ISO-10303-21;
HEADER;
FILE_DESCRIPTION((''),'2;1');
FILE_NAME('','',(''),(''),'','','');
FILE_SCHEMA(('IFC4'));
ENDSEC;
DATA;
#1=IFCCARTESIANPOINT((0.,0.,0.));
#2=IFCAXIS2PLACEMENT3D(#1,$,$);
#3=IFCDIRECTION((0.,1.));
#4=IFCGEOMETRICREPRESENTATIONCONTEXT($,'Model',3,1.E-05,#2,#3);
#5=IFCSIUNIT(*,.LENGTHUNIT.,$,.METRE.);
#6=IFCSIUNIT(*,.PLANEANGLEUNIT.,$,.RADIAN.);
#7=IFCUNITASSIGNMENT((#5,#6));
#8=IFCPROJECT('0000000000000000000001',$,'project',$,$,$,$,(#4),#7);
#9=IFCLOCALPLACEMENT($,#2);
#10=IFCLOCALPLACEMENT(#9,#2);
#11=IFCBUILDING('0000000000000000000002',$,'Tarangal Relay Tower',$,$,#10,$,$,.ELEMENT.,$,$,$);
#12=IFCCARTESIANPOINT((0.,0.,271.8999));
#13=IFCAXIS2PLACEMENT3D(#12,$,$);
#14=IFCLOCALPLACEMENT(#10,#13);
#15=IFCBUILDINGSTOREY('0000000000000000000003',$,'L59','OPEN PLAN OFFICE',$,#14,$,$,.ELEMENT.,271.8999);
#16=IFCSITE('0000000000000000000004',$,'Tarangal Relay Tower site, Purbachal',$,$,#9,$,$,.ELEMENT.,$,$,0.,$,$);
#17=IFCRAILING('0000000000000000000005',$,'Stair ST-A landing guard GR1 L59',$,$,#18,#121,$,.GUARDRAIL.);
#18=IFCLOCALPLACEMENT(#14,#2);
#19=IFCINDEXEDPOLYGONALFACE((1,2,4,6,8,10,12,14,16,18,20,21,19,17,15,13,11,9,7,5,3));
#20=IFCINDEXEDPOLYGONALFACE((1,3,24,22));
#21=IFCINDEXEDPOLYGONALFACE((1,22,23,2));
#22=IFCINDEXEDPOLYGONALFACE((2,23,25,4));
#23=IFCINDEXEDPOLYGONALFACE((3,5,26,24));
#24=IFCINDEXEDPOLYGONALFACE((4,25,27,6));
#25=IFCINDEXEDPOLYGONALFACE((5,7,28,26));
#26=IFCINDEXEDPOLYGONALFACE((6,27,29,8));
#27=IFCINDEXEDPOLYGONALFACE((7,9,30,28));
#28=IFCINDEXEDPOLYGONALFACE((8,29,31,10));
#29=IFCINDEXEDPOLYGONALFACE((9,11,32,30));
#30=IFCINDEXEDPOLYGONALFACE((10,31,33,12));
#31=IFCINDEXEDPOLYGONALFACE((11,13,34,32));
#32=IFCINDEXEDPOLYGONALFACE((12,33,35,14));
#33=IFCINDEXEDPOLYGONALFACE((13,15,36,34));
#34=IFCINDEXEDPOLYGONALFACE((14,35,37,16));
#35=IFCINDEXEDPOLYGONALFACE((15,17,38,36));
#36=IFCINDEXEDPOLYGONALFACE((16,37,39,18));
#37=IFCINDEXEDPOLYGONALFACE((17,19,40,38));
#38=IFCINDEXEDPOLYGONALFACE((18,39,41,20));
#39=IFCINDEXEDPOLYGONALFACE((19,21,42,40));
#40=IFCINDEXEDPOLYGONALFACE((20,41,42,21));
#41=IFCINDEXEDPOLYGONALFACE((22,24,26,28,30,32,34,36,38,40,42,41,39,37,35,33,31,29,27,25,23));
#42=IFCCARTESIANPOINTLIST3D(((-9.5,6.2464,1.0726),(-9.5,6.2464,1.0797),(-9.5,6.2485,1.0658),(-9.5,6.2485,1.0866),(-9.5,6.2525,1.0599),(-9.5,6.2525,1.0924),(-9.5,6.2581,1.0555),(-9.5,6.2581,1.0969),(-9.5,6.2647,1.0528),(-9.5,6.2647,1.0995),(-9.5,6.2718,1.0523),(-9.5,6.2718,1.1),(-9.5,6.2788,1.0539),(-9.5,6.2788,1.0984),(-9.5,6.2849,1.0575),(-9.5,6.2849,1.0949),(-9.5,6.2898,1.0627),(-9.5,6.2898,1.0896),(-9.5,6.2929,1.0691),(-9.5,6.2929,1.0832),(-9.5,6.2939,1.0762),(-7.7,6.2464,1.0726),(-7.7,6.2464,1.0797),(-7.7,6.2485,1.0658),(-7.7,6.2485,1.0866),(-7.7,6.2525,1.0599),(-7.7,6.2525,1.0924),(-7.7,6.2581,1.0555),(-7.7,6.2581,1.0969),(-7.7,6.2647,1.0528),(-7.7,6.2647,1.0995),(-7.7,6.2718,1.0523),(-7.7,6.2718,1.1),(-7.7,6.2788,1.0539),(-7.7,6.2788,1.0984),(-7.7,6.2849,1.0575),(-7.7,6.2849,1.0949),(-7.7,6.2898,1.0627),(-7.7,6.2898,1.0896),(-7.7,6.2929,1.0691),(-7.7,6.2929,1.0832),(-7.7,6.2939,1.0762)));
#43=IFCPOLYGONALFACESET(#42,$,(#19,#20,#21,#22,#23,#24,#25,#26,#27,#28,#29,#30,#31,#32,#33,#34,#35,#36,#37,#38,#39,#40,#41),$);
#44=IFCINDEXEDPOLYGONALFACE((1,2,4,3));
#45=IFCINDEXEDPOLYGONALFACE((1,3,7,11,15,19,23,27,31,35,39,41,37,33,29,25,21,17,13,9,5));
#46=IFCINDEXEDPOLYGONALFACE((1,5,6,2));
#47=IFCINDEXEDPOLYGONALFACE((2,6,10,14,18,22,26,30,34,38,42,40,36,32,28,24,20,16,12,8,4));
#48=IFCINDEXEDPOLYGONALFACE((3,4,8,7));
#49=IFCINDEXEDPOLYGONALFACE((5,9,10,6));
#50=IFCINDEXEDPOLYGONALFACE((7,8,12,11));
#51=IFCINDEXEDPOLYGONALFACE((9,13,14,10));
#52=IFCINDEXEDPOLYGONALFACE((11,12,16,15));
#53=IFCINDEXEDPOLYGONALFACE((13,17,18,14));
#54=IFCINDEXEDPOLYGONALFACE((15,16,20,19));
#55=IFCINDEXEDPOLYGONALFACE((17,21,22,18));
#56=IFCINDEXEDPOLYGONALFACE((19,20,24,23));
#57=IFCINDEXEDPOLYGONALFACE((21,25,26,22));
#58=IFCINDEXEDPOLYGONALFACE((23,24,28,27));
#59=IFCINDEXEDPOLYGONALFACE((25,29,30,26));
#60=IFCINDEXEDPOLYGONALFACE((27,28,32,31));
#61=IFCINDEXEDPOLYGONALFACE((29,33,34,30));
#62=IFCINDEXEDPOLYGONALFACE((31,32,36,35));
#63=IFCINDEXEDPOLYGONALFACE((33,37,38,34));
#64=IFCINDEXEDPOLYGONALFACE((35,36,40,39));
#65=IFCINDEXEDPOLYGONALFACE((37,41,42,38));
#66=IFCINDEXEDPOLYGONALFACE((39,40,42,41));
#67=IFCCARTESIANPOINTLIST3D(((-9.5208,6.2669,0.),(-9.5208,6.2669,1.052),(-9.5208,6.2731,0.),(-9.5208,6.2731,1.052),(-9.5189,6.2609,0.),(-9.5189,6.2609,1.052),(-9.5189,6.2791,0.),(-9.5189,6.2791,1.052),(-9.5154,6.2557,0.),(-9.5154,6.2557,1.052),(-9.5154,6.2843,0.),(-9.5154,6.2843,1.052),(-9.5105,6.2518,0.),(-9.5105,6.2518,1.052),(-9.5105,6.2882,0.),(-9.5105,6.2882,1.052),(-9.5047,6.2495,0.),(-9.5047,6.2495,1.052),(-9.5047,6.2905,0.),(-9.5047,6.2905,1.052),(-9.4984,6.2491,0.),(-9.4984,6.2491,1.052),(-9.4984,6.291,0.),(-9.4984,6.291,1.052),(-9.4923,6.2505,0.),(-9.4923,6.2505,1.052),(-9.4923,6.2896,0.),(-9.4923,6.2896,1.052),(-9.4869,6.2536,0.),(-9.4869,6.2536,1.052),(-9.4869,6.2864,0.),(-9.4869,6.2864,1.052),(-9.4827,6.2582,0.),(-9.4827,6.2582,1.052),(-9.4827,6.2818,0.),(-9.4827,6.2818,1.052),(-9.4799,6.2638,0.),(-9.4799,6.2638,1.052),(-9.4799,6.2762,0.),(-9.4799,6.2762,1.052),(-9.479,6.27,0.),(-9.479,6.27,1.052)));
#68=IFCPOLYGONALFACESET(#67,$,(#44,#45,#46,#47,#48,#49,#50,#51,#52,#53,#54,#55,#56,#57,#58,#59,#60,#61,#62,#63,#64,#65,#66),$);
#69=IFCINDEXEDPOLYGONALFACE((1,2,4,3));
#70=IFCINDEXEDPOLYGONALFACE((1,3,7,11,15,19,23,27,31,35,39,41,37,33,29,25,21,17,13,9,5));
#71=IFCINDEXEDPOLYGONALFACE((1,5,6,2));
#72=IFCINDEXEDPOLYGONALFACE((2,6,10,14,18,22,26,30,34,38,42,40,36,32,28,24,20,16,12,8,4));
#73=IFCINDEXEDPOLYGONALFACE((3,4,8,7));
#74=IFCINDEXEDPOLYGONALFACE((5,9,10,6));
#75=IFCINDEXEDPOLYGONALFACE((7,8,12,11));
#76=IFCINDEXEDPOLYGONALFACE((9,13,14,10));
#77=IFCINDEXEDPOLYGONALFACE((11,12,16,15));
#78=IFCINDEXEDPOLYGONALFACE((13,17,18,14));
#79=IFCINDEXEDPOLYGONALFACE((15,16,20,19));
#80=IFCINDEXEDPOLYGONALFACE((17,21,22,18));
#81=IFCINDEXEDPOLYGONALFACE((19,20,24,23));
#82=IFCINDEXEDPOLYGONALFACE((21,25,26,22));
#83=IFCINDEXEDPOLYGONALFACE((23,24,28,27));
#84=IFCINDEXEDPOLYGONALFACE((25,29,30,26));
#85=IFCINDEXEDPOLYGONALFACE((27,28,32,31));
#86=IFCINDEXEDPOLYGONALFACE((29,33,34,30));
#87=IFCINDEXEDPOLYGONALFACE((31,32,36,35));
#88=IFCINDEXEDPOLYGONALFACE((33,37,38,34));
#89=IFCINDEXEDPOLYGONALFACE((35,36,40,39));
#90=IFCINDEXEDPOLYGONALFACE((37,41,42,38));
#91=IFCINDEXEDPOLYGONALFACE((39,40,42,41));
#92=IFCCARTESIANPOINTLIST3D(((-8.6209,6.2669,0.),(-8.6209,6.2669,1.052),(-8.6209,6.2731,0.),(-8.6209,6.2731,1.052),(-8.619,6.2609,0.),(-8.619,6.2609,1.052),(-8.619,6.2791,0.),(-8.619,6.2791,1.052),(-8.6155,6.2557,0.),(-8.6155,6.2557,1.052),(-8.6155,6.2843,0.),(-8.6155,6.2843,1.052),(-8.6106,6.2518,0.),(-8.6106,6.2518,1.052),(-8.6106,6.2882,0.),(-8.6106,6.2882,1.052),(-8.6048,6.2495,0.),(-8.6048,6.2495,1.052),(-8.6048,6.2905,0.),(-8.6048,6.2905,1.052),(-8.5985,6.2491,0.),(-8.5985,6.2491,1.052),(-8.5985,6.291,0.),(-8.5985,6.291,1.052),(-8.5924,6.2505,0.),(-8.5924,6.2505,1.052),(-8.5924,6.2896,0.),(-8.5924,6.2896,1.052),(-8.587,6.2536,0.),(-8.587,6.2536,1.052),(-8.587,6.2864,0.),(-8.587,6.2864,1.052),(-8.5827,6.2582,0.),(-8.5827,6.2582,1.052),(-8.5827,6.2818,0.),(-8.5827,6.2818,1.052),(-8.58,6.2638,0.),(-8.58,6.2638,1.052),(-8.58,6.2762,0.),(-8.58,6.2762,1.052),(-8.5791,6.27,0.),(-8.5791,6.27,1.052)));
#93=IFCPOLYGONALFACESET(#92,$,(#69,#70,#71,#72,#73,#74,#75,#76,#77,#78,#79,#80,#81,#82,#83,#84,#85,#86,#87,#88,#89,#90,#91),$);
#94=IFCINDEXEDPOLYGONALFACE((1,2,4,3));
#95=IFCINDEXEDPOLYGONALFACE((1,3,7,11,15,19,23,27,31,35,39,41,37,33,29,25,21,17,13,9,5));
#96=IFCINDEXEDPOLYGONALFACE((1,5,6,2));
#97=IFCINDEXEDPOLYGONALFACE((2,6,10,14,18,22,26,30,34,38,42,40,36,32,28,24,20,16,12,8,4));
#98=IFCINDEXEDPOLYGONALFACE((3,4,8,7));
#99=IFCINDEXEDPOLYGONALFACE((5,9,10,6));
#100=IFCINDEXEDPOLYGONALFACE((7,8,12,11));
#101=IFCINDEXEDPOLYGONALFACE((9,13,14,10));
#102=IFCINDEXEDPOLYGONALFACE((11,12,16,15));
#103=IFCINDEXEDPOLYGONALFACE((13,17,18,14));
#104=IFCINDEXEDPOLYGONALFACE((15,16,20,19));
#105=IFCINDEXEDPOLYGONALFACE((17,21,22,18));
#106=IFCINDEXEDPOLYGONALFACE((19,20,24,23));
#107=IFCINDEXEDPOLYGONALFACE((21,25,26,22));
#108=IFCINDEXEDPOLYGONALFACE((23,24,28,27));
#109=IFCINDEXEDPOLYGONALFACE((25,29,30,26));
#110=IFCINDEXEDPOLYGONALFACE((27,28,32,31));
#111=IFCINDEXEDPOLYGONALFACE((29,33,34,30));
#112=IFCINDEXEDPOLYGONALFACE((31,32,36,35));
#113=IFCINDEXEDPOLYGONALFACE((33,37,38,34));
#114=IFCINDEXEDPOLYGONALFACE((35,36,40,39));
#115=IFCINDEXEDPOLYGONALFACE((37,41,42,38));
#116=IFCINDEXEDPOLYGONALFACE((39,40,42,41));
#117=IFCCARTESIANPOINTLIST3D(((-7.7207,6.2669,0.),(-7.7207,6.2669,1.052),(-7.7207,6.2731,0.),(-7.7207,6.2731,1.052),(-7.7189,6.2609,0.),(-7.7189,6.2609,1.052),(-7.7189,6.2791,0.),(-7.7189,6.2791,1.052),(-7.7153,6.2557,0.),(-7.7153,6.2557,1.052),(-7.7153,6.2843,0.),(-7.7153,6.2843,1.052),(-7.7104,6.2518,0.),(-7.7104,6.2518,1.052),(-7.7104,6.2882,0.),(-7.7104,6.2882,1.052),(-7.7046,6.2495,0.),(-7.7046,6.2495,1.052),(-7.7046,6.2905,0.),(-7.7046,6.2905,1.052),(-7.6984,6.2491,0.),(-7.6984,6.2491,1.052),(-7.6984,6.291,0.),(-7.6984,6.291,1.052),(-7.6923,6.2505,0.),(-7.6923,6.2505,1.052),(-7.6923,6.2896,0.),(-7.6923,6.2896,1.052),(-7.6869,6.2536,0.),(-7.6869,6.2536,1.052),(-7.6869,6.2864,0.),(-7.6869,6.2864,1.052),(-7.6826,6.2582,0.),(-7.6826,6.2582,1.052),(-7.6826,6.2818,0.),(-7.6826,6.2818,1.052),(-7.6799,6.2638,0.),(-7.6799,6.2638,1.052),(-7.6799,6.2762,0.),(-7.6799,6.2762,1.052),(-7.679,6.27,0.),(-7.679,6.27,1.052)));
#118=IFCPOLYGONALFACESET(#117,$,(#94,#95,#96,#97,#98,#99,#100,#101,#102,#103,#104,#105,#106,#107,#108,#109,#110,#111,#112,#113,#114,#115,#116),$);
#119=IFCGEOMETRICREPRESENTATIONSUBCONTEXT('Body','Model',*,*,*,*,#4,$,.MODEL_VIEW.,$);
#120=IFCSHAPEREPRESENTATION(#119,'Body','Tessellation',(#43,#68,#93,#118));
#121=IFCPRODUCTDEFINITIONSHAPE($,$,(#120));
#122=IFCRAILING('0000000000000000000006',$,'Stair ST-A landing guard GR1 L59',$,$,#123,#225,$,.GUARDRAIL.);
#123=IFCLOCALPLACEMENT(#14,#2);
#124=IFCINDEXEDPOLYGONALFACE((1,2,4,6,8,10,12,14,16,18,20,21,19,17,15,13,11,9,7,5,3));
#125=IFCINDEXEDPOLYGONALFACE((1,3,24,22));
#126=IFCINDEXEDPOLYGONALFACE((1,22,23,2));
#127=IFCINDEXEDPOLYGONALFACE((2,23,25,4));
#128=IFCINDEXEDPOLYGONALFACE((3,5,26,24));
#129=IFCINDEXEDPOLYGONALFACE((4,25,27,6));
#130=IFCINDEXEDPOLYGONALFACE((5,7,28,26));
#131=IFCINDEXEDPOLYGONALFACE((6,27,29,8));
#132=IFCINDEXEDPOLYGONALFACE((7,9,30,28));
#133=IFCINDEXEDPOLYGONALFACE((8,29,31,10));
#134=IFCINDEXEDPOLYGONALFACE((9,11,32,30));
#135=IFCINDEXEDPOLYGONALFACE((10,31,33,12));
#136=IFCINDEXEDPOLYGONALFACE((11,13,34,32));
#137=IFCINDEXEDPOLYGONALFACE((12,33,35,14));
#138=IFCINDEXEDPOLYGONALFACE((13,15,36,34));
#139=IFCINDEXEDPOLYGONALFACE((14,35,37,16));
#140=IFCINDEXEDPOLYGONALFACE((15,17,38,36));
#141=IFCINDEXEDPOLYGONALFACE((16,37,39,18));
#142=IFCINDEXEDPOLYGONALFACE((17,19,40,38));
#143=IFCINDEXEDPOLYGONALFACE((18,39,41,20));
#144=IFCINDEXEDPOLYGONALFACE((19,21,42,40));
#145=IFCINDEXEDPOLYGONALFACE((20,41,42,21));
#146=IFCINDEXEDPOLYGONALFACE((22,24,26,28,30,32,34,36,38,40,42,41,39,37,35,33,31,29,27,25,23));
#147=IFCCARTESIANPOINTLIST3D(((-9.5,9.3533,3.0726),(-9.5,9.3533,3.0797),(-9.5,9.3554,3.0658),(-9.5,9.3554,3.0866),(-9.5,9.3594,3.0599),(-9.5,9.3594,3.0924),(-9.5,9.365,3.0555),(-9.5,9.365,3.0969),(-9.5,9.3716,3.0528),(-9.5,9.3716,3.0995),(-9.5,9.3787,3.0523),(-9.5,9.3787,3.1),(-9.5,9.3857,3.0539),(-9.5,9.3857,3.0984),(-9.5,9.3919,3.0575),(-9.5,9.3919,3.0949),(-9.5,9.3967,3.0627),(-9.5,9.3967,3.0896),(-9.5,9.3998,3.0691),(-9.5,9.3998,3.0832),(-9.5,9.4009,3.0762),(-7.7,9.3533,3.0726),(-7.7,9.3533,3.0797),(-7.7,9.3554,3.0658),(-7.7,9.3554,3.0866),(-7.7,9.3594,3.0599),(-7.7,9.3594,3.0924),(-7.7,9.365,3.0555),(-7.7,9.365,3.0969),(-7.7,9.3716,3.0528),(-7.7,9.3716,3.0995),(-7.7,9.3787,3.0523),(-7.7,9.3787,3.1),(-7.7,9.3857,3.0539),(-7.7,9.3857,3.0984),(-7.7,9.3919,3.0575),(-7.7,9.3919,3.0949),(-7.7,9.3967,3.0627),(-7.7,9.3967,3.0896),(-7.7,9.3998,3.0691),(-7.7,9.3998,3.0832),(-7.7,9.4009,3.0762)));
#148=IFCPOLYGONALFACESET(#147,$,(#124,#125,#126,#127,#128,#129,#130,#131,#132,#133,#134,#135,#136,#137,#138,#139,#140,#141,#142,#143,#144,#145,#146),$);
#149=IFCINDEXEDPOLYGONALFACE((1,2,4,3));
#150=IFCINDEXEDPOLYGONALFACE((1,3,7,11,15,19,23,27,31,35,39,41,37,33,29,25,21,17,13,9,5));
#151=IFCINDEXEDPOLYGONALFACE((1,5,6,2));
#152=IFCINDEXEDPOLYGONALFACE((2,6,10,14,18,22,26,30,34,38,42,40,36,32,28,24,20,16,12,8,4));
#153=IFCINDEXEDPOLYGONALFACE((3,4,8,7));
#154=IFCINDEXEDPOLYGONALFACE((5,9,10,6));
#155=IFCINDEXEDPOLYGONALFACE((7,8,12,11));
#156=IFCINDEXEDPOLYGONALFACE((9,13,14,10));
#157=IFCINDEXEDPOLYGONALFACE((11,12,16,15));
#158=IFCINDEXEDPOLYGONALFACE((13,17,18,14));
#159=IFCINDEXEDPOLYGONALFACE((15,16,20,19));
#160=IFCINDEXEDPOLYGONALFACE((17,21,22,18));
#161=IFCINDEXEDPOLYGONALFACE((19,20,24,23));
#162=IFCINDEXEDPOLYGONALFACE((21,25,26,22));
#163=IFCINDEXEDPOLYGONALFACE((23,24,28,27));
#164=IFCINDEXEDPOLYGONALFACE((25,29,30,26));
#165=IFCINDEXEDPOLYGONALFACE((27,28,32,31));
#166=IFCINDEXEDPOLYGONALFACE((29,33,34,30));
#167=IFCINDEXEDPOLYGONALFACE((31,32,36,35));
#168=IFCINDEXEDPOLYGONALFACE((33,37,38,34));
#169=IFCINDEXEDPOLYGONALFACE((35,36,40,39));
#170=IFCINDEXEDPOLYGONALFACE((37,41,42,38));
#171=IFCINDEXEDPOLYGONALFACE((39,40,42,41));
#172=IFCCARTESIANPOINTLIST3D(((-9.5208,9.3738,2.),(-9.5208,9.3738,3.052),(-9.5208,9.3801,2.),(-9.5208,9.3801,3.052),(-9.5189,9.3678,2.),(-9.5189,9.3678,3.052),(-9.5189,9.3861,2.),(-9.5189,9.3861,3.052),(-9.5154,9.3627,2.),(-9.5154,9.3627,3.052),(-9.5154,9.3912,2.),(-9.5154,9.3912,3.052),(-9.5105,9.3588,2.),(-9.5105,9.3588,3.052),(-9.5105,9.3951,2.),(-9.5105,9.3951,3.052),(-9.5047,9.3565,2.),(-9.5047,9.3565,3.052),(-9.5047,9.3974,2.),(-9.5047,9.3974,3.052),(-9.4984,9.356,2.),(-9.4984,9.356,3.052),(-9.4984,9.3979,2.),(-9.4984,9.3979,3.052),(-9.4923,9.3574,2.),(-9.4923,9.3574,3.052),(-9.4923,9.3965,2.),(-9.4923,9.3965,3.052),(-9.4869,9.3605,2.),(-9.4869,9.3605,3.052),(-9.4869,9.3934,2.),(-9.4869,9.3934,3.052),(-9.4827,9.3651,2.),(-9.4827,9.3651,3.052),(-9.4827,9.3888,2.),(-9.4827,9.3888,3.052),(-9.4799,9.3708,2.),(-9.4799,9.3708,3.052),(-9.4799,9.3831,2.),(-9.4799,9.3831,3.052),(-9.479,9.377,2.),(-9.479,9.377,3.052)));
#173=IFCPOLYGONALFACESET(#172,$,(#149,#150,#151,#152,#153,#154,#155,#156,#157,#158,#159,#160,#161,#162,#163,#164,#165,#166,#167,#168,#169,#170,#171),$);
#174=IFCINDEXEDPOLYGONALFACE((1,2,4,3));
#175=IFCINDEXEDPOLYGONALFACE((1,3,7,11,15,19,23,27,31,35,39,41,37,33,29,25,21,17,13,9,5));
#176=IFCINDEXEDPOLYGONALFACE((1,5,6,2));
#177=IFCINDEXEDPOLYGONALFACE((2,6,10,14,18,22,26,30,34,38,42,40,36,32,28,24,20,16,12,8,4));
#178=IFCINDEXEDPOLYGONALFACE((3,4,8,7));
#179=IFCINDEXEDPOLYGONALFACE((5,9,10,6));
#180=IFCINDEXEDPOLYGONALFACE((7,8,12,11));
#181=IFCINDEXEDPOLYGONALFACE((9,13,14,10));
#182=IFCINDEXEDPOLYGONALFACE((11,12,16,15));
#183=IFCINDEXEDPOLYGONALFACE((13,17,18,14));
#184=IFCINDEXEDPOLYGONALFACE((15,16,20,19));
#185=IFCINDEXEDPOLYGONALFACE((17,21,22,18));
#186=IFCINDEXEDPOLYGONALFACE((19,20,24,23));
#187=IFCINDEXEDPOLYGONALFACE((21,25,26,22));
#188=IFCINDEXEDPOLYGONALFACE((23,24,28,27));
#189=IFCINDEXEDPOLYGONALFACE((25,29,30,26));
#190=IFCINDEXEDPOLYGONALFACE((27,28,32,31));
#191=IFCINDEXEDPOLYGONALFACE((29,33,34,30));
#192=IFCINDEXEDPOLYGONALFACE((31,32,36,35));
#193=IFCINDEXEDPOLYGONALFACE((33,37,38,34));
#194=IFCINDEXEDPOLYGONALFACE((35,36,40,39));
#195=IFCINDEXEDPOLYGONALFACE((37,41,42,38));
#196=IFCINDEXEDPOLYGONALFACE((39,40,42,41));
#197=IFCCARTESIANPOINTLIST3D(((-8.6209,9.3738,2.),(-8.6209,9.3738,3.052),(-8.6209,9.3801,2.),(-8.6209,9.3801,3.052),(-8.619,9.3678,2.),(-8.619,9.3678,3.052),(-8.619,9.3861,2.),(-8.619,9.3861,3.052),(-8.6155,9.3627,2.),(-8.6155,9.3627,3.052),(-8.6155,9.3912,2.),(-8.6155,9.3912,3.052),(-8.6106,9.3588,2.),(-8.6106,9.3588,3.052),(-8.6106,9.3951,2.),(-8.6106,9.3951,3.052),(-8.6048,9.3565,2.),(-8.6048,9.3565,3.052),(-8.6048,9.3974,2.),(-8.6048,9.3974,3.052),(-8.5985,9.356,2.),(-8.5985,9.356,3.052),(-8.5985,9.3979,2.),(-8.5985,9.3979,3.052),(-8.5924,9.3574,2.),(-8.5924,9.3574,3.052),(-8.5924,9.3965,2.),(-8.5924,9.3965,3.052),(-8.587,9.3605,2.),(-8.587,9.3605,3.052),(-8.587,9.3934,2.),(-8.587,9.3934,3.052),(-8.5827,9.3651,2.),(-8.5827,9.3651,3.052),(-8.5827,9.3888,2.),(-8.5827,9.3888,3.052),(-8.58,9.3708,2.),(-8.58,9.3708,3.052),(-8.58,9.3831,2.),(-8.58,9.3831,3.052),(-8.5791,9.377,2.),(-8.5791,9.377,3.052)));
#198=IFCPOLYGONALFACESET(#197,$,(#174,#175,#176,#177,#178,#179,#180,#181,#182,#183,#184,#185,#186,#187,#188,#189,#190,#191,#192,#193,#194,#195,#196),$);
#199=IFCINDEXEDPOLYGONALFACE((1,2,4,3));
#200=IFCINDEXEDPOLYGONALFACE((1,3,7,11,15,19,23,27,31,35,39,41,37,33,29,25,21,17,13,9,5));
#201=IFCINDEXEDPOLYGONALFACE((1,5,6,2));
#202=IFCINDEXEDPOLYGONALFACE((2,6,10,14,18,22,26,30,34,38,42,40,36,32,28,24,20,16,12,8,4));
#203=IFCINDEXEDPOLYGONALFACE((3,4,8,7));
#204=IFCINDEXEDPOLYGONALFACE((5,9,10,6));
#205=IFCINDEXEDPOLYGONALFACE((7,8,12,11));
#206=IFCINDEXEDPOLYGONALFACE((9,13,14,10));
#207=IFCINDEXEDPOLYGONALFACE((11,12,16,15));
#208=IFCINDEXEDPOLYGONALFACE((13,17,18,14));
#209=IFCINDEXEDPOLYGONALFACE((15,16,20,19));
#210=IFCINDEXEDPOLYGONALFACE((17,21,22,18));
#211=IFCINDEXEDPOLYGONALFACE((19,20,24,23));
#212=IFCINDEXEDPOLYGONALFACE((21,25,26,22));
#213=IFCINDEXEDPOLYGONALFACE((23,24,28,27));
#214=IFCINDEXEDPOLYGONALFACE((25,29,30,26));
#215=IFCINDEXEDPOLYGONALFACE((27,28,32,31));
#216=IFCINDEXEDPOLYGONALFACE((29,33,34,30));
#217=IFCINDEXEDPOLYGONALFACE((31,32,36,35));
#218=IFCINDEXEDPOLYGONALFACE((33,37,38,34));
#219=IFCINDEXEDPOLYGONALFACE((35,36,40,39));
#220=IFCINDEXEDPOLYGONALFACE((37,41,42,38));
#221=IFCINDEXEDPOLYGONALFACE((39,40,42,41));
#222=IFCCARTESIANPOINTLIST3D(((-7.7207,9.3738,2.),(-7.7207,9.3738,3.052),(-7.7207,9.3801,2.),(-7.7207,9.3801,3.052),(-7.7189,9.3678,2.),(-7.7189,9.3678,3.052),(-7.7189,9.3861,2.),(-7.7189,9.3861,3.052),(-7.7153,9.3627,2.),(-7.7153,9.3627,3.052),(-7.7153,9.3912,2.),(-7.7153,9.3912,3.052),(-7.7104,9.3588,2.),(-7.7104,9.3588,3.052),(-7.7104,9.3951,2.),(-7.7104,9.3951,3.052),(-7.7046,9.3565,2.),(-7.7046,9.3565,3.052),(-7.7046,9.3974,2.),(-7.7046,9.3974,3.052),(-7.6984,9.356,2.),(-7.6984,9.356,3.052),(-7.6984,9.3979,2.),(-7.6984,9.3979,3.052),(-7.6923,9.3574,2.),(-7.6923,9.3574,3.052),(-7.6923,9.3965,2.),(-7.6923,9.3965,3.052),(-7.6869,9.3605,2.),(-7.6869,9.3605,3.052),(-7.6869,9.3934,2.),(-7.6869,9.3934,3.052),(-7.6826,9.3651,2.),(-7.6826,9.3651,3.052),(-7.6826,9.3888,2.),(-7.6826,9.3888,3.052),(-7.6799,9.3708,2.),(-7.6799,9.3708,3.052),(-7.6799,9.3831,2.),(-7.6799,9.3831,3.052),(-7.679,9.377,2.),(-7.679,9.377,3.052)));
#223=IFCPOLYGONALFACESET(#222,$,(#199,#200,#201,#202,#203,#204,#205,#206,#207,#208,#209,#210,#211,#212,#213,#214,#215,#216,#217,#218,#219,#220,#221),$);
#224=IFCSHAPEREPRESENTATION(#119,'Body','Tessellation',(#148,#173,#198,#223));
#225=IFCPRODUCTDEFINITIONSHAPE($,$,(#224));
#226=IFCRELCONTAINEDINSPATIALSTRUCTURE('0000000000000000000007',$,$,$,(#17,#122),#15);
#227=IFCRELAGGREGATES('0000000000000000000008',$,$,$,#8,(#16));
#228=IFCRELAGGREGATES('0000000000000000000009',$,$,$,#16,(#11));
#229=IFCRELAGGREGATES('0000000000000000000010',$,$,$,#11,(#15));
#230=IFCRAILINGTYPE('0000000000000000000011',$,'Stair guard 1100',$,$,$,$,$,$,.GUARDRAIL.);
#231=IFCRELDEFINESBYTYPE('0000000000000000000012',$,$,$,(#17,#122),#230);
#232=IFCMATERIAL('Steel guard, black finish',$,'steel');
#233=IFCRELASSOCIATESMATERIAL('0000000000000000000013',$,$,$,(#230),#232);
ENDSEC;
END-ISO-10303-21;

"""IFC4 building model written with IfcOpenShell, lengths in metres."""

from ifc_helpers import new_model, si_unit, direction, frame, origin, origin_2d, place, context, subcontext, project, spatial, circle, extrude, material, type_object, element, save


model = new_model("IFC4")

# Units and contexts
model_context = context("Model", 3, precision=1e-05, world=origin(), true_north=direction((0.0, 1.0)))
body_context = subcontext(model_context, "Body", "Model", "MODEL_VIEW")
ifc_project = project(units=[si_unit("LENGTHUNIT", "METRE"), si_unit("PLANEANGLEUNIT", "RADIAN")], contexts=[model_context])

# Site, building, storey
site_placement = place(None, origin())
site = spatial("IfcSite", under=ifc_project, at=site_placement, Name="Tarangal Relay Tower site, Purbachal", CompositionType="ELEMENT", RefElevation=0.0)
building_placement = place(site_placement, origin())
building = spatial("IfcBuilding", under=site, at=building_placement, Name="Tarangal Relay Tower", CompositionType="ELEMENT")
storey_placement = place(building_placement, frame((0.0, 0.0, 271.8999)))
storey = spatial("IfcBuildingStorey", under=building, at=storey_placement, Name="L59", Description="OPEN PLAN OFFICE", CompositionType="ELEMENT", Elevation=271.8999)

# Railings
ifc_material_1 = material(Name="Steel guard, black finish", Category="steel")
railing_type_1 = type_object("IfcRailingType", Name="Stair guard 1100", PredefinedType="GUARDRAIL", material=ifc_material_1)
for number, where, name in (
    (1, (-9.5, 6.27, 0.0), "Stair ST-A landing guard GR1 L59"),
    (2, (-9.5, 9.377, 2.0), "Stair ST-A landing guard GR1 L59"),
):
    element("IfcRailing", number, at=place(storey_placement, frame(where)), inside=storey, type_object=railing_type_1, Name=name, PredefinedType="GUARDRAIL", context=body_context, shape_type="SweptSolid", body=[
        extrude(circle(Radius=0.0239, at=origin_2d()), frame((0.0, 0.0, 1.0762), z_axis=(1.0, 0.0, 0.0), x_axis=(0.0, 1.0, 0.0)), (0.0, 0.0, 1.0), 1.8),
        extrude(circle(Radius=0.021, at=origin_2d()), origin(), (0.0, 0.0, 1.0), 1.052),
        extrude(circle(Radius=0.021, at=origin_2d()), frame((0.8999, 0.0, 0.0)), (0.0, 0.0, 1.0), 1.052),
        extrude(circle(Radius=0.021, at=origin_2d()), frame((1.8, 0.0, 0.0)), (0.0, 0.0, 1.0), 1.052),
    ])

save(model, "model.ifc")
